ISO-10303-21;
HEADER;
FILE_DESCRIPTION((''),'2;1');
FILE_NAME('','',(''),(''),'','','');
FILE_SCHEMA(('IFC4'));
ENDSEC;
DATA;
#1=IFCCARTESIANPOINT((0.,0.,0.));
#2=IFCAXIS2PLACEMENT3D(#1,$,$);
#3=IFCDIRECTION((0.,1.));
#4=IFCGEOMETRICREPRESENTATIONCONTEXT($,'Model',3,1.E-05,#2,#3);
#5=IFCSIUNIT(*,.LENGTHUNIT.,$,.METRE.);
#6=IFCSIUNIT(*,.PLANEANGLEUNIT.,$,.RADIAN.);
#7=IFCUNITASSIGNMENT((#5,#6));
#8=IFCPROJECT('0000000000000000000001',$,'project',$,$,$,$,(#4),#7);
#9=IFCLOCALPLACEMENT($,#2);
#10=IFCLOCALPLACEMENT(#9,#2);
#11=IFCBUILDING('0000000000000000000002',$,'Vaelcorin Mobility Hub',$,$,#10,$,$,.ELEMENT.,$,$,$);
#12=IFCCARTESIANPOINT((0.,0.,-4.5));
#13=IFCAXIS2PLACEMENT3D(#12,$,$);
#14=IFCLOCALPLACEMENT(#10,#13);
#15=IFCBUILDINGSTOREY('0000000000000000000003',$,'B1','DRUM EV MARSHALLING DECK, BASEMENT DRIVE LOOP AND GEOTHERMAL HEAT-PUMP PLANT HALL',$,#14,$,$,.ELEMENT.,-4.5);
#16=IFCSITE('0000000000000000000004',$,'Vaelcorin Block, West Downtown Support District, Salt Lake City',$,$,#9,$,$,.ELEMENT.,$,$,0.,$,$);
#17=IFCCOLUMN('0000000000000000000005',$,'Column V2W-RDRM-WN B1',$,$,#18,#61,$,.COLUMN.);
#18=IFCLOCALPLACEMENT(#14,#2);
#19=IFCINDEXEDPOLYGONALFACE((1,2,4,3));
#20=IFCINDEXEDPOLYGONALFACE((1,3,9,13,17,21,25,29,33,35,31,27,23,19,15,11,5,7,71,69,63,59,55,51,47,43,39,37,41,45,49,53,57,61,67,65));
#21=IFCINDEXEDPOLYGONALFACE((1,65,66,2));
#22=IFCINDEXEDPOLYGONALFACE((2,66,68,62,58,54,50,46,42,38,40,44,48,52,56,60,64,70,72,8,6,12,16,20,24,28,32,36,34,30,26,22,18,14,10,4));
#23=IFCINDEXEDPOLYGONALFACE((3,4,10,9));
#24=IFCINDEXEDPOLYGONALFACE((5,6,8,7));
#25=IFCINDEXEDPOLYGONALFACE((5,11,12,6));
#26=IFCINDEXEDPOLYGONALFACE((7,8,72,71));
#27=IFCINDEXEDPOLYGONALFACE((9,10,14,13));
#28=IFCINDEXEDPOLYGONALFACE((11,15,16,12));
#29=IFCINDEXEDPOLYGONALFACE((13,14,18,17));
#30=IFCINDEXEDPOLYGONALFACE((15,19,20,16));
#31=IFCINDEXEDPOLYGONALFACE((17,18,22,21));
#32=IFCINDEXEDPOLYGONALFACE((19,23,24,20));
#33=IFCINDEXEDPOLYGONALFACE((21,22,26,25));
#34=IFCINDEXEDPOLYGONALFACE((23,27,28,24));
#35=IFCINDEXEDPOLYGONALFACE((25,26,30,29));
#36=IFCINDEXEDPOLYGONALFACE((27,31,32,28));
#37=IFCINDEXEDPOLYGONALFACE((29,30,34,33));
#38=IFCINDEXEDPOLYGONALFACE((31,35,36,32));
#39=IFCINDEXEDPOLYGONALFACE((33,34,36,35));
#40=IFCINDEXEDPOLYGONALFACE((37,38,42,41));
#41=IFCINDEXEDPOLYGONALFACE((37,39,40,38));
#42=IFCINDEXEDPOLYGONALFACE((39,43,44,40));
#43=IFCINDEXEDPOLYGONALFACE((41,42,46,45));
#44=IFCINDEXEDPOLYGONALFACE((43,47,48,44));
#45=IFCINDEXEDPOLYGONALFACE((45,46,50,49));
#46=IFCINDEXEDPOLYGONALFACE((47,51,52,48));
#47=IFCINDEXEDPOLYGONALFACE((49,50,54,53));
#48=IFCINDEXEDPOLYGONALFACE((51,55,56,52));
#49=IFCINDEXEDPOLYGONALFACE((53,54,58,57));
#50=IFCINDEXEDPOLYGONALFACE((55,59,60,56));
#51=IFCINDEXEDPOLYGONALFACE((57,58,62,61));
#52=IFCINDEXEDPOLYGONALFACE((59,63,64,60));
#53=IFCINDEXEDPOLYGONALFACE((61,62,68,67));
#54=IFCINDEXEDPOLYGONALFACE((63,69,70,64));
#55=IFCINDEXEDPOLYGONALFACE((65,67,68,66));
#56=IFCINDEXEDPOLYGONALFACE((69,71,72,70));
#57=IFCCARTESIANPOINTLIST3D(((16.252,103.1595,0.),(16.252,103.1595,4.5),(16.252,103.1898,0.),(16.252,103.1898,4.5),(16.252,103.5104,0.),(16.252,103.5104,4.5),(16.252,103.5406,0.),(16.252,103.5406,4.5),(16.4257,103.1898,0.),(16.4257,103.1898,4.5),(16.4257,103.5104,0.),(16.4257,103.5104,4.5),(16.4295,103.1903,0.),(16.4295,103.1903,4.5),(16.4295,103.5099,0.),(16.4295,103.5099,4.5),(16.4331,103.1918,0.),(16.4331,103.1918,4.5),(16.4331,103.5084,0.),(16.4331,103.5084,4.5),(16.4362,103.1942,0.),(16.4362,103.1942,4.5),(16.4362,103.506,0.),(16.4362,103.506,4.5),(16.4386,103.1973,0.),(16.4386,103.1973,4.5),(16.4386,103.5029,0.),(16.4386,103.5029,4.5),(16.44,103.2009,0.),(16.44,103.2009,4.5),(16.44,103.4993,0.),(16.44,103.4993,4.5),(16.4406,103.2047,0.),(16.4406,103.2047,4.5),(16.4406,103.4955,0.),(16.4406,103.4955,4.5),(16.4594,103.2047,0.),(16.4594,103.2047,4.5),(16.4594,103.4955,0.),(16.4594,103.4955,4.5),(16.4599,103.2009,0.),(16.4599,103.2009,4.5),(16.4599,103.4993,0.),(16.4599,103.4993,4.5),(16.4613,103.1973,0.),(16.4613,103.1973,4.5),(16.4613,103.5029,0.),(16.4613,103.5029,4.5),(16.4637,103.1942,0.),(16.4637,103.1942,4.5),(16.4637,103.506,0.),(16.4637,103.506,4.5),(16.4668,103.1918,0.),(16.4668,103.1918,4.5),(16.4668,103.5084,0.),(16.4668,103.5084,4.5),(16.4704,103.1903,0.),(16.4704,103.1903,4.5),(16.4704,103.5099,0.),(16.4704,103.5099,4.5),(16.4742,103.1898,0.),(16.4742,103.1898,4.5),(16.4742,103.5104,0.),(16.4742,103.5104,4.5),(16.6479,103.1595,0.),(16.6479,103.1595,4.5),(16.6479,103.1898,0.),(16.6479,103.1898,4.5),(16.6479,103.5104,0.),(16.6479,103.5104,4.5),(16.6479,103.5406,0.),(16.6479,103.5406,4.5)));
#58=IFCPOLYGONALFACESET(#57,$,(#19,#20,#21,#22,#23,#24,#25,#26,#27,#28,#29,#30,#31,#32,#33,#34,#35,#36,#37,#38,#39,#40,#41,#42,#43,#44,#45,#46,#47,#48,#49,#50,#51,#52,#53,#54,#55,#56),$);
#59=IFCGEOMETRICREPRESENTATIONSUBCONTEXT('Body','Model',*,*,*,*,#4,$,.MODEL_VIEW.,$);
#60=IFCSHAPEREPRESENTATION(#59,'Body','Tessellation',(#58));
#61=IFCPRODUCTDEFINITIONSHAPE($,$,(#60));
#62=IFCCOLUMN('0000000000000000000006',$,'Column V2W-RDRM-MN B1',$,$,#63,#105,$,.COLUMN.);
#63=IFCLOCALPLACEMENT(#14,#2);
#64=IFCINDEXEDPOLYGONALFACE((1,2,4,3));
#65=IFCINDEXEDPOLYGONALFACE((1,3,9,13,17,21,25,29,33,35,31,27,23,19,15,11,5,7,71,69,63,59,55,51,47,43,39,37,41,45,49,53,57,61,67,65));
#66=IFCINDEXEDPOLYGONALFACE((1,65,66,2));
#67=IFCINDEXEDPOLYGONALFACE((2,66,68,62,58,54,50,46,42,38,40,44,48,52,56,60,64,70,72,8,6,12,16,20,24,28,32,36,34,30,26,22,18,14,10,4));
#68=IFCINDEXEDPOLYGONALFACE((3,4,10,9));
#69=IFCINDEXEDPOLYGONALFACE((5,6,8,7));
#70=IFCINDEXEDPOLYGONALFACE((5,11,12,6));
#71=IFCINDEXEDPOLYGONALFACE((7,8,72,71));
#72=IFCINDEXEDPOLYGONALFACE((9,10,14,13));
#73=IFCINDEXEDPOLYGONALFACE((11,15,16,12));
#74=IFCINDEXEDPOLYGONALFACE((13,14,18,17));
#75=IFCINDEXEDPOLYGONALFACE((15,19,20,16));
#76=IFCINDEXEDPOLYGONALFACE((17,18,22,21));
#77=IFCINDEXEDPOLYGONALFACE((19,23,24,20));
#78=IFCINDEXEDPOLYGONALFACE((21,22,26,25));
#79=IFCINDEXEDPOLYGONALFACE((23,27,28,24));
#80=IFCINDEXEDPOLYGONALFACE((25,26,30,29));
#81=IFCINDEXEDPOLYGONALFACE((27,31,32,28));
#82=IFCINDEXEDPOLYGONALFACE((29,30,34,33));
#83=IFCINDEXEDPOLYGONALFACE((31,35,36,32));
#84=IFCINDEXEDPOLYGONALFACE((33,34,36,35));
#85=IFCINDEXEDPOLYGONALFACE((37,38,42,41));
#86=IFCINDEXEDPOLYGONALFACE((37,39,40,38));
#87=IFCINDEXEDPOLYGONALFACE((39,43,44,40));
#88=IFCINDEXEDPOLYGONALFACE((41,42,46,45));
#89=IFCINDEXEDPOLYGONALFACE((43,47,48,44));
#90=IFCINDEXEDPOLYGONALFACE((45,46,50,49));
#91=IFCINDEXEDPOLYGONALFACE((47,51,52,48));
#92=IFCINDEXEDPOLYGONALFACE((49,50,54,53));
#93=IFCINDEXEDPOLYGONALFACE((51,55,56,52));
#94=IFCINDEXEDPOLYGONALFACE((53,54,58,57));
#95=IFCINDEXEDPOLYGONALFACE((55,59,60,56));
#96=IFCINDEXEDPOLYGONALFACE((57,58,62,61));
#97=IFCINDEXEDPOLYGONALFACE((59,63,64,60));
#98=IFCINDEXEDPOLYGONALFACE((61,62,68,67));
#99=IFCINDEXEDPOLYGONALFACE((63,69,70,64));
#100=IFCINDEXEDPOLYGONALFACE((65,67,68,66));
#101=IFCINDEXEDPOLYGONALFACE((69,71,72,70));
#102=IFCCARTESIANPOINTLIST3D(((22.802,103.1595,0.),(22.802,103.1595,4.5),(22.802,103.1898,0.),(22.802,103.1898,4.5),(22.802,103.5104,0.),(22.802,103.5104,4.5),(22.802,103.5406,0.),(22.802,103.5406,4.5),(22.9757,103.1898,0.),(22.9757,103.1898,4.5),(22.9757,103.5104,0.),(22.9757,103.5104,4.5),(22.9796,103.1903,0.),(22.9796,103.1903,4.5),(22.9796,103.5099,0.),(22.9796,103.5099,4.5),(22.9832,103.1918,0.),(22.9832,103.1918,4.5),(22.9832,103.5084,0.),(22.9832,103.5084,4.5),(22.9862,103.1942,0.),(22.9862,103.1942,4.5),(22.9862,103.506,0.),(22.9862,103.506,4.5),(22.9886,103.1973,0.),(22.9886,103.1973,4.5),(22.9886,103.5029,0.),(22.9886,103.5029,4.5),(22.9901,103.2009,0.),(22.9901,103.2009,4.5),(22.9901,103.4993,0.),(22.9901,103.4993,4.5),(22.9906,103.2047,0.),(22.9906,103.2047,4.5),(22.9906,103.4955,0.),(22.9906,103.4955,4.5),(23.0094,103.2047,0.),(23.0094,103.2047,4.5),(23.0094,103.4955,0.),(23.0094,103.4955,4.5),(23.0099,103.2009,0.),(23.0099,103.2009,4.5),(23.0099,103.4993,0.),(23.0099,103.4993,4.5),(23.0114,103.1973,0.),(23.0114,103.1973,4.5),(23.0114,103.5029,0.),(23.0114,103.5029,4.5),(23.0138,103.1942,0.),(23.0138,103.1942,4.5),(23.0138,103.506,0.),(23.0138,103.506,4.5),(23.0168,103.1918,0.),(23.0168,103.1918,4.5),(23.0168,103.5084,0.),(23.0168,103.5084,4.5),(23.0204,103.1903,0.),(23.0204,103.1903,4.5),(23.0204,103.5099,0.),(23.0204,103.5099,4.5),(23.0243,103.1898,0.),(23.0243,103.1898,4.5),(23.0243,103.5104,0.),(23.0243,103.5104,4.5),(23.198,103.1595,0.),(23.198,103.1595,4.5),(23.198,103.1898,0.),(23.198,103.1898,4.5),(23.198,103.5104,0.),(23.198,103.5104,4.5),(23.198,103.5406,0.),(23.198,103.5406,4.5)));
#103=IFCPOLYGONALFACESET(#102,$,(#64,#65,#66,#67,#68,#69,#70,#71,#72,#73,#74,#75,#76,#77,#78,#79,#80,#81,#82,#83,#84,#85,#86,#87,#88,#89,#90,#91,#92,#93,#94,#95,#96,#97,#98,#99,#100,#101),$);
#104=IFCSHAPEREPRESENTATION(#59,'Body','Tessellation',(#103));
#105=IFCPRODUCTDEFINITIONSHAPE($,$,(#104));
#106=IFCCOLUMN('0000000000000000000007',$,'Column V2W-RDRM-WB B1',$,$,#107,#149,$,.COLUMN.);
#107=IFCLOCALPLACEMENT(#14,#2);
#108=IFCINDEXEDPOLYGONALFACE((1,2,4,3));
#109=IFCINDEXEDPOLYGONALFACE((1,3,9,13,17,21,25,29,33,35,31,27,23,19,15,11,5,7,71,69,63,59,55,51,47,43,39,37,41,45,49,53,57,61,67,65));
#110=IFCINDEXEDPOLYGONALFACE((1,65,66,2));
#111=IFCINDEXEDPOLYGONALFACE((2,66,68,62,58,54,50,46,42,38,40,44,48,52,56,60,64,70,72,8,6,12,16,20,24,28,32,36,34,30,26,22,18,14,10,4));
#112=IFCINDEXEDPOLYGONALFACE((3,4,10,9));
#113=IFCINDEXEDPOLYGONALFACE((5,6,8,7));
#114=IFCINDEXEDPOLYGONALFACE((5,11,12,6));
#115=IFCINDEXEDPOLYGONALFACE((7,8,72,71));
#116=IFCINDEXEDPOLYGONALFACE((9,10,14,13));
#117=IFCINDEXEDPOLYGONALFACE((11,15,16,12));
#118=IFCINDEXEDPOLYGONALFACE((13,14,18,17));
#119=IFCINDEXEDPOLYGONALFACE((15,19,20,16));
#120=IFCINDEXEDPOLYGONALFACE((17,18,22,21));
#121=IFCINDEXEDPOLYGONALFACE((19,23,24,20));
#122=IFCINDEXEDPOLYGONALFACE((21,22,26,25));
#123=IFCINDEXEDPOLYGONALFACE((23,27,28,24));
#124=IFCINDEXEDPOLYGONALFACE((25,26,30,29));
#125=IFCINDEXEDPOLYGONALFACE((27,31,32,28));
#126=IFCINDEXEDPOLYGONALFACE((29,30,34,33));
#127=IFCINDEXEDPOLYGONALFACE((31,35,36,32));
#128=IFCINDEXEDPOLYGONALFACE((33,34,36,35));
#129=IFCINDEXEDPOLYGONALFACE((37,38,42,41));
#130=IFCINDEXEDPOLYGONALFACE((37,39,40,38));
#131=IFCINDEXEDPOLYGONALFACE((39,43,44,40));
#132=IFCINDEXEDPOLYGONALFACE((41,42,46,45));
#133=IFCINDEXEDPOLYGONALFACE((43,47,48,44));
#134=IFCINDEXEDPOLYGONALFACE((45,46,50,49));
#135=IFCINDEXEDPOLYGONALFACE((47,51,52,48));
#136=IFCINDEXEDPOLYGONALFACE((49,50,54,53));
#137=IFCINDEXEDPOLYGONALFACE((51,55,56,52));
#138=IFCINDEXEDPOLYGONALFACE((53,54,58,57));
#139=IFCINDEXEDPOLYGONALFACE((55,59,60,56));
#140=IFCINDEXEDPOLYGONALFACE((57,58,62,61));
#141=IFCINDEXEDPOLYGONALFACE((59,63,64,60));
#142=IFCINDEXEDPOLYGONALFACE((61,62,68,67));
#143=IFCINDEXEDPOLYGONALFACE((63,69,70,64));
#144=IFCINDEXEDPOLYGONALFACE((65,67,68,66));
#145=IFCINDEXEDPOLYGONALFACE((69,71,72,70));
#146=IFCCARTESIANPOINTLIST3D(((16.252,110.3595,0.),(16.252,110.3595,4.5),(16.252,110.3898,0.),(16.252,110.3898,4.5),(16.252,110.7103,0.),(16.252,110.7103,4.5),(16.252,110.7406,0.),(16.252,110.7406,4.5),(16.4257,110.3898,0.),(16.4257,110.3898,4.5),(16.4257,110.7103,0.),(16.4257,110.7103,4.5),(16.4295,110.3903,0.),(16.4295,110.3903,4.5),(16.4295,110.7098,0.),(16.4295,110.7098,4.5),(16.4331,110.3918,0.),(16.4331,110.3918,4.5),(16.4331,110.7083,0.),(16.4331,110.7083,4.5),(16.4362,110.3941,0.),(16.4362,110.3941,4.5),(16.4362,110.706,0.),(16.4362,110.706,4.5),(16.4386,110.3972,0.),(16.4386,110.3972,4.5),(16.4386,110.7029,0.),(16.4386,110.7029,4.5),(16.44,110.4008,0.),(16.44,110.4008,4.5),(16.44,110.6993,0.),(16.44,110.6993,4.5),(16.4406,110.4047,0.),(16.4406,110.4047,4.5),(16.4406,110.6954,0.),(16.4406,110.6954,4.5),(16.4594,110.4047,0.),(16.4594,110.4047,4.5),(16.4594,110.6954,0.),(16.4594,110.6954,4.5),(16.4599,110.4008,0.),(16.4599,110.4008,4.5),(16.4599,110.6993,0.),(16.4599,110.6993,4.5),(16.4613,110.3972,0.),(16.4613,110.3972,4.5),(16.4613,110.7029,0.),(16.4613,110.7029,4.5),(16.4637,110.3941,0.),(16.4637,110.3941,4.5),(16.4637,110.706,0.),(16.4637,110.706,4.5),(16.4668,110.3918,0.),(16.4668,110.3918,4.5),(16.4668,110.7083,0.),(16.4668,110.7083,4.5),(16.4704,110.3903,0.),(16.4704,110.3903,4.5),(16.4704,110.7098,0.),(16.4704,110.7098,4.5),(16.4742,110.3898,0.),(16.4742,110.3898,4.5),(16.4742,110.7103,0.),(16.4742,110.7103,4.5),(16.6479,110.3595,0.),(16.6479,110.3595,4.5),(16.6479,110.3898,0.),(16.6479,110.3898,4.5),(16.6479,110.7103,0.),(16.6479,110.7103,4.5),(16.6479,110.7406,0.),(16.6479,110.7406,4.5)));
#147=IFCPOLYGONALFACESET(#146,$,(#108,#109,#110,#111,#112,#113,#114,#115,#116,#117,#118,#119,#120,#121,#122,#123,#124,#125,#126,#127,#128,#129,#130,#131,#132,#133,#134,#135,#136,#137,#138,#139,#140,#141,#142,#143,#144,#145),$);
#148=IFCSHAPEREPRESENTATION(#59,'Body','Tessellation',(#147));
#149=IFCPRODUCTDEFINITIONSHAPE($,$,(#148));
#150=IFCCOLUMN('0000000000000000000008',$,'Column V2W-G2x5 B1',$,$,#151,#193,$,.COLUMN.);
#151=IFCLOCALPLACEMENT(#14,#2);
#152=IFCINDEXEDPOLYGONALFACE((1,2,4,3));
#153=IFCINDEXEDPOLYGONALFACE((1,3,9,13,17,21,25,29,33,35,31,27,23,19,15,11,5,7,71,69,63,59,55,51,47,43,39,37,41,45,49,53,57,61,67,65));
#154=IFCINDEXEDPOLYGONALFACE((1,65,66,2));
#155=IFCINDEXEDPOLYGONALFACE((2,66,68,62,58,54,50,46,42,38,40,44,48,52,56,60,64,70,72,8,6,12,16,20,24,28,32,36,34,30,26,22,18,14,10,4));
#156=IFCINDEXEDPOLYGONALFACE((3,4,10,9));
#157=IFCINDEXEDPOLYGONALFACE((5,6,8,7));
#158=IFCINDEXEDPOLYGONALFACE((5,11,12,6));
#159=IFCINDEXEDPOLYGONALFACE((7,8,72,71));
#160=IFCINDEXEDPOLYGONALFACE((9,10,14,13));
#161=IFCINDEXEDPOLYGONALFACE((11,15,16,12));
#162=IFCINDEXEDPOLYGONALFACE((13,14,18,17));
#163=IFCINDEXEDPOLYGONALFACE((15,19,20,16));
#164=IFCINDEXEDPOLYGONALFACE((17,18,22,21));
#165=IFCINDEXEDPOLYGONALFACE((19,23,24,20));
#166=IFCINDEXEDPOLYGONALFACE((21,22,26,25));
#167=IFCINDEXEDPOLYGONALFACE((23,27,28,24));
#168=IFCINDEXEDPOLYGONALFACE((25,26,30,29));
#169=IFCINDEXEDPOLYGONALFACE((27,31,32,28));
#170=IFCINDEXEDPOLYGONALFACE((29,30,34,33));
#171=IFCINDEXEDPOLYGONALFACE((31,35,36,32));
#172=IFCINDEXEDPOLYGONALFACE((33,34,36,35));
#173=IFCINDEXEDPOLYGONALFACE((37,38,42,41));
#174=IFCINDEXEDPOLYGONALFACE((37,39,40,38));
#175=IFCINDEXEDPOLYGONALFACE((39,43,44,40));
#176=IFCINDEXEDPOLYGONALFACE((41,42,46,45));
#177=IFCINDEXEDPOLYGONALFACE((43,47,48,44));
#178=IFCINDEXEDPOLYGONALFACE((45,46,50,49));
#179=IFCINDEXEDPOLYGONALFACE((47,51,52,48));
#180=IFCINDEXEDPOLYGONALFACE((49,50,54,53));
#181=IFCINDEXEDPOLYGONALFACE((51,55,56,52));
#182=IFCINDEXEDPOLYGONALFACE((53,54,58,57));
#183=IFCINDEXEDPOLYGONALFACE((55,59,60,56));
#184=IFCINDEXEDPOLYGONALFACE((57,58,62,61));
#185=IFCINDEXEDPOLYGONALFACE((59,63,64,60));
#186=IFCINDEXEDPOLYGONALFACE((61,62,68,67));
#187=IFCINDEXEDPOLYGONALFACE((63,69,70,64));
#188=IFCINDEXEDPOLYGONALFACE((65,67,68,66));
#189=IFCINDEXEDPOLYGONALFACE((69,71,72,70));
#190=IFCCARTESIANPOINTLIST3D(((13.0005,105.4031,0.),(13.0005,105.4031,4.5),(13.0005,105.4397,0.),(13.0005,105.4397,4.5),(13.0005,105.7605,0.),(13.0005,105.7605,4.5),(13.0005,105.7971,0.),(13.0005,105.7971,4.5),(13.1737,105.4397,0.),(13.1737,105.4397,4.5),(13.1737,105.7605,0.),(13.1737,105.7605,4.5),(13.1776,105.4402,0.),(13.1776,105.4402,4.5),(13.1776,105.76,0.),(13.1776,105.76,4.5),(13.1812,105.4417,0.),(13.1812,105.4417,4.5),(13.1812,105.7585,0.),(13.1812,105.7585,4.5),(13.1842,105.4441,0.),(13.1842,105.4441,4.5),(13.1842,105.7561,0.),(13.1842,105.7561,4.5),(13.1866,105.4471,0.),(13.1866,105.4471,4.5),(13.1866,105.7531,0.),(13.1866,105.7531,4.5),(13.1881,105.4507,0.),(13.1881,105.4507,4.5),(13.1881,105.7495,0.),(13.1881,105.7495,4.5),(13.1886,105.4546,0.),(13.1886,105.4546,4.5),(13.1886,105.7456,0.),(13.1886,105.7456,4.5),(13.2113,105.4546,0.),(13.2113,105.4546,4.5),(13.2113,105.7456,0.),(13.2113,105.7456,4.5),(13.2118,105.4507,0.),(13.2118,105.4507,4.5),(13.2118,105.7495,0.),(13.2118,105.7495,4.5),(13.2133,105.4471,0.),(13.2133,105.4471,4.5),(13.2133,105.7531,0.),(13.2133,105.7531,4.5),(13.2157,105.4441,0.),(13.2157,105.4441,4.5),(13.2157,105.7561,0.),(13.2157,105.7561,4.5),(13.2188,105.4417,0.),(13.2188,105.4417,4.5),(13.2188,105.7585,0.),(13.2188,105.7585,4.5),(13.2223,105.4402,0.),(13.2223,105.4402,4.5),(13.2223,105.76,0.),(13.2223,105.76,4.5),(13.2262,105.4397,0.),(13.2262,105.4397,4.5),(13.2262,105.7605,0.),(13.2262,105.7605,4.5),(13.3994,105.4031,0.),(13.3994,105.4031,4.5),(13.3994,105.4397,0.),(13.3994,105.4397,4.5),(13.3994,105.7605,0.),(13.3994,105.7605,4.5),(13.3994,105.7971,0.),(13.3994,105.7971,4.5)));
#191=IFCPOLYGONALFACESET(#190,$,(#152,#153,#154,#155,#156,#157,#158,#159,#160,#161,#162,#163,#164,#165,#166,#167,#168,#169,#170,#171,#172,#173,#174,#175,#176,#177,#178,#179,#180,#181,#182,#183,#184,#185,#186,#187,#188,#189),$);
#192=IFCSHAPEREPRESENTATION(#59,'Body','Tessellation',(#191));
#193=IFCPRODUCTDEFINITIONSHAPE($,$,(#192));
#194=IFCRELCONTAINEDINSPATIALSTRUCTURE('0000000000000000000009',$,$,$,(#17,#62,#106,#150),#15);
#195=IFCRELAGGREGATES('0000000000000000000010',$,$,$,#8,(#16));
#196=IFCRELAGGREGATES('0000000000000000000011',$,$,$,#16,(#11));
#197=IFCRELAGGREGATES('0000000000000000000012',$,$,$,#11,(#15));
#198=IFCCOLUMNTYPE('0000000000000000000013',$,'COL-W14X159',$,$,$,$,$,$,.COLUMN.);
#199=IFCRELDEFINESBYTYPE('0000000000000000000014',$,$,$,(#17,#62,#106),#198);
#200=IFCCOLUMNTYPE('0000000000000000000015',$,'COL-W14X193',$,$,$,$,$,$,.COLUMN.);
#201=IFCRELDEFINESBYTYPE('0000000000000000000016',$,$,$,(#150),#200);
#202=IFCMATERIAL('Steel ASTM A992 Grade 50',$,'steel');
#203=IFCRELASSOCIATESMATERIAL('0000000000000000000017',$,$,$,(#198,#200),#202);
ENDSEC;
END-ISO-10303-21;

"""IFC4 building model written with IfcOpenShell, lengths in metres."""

from ifc_helpers import new_model, si_unit, direction, frame, origin, origin_2d, place, context, subcontext, project, spatial, i_section, extrude, material, material_profile, profile_set, type_object, element, save


model = new_model("IFC4")

# Units and contexts
model_context = context("Model", 3, precision=1e-05, world=origin(), true_north=direction((0.0, 1.0)))
body_context = subcontext(model_context, "Body", "Model", "MODEL_VIEW")
ifc_project = project(units=[si_unit("LENGTHUNIT", "METRE"), si_unit("PLANEANGLEUNIT", "RADIAN")], contexts=[model_context])

# Site, building, storey
site_placement = place(None, origin())
site = spatial("IfcSite", under=ifc_project, at=site_placement, Name="Vaelcorin Block, West Downtown Support District, Salt Lake City", CompositionType="ELEMENT", RefElevation=0.0)
building_placement = place(site_placement, origin())
building = spatial("IfcBuilding", under=site, at=building_placement, Name="Vaelcorin Mobility Hub", CompositionType="ELEMENT")
storey_placement = place(building_placement, frame((0.0, 0.0, -4.5)))
storey = spatial("IfcBuildingStorey", under=building, at=storey_placement, Name="B1", Description="DRUM EV MARSHALLING DECK, BASEMENT DRIVE LOOP AND GEOTHERMAL HEAT-PUMP PLANT HALL", CompositionType="ELEMENT", Elevation=-4.5)

# Columns
ifc_material_1 = material(Name="Steel ASTM A992 Grade 50", Category="steel")
ifc_material_profile_1 = material_profile(ifc_material_1, i_section(OverallWidth=0.396, OverallDepth=0.3811, WebThickness=0.0188, FlangeThickness=0.0303, FilletRadius=0.0149, at=origin_2d()), Name="W14X159")
ifc_profile_set_1 = profile_set([ifc_material_profile_1], Name="Steel ASTM A992 Grade 50")
column_type_1 = type_object("IfcColumnType", Name="COL-W14X159", PredefinedType="COLUMN", material=ifc_profile_set_1)
for number, where, z_axis, x_axis, name in (
    (1, (16.45, 103.3501, 0.0), (0.0, 0.0, 1.0), (1.0, 0.0, 0.0), "Column V2W-RDRM-WN B1"),
    (2, (23.0, 103.3501, 0.0), (0.0, 0.0, 1.0), (1.0, 0.0, 0.0), "Column V2W-RDRM-MN B1"),
    (3, (16.45, 110.55, 0.0), (0.0, 0.0, 1.0), (1.0, 0.0, 0.0), "Column V2W-RDRM-WB B1"),
):
    element("IfcColumn", number, at=place(storey_placement, frame(where, z_axis=z_axis, x_axis=x_axis)), inside=storey, type_object=column_type_1, Name=name, PredefinedType="COLUMN", context=body_context, shape_type="SweptSolid", body=[
        extrude(i_section(OverallWidth=0.396, OverallDepth=0.3811, WebThickness=0.0188, FlangeThickness=0.0303, FilletRadius=0.0149, at=origin_2d()), origin(), (0.0, 0.0, 1.0), 4.5),
    ])
ifc_material_profile_2 = material_profile(ifc_material_1, i_section(OverallWidth=0.3989, OverallDepth=0.394, WebThickness=0.0227, FlangeThickness=0.0366, FilletRadius=0.0149, at=origin_2d()), Name="W14X193")
ifc_profile_set_2 = profile_set([ifc_material_profile_2], Name="Steel ASTM A992 Grade 50")
column_type_2 = type_object("IfcColumnType", Name="COL-W14X193", PredefinedType="COLUMN", material=ifc_profile_set_2)
for number, where, z_axis, x_axis, name in (
    (4, (13.2, 105.6001, 0.0), (0.0, 0.0, 1.0), (1.0, 0.0, 0.0), "Column V2W-G2x5 B1"),
):
    element("IfcColumn", number, at=place(storey_placement, frame(where, z_axis=z_axis, x_axis=x_axis)), inside=storey, type_object=column_type_2, Name=name, PredefinedType="COLUMN", context=body_context, shape_type="SweptSolid", body=[
        extrude(i_section(OverallWidth=0.3989, OverallDepth=0.394, WebThickness=0.0227, FlangeThickness=0.0366, FilletRadius=0.0149, at=origin_2d()), origin(), (0.0, 0.0, 1.0), 4.5),
    ])

save(model, "model.ifc")
